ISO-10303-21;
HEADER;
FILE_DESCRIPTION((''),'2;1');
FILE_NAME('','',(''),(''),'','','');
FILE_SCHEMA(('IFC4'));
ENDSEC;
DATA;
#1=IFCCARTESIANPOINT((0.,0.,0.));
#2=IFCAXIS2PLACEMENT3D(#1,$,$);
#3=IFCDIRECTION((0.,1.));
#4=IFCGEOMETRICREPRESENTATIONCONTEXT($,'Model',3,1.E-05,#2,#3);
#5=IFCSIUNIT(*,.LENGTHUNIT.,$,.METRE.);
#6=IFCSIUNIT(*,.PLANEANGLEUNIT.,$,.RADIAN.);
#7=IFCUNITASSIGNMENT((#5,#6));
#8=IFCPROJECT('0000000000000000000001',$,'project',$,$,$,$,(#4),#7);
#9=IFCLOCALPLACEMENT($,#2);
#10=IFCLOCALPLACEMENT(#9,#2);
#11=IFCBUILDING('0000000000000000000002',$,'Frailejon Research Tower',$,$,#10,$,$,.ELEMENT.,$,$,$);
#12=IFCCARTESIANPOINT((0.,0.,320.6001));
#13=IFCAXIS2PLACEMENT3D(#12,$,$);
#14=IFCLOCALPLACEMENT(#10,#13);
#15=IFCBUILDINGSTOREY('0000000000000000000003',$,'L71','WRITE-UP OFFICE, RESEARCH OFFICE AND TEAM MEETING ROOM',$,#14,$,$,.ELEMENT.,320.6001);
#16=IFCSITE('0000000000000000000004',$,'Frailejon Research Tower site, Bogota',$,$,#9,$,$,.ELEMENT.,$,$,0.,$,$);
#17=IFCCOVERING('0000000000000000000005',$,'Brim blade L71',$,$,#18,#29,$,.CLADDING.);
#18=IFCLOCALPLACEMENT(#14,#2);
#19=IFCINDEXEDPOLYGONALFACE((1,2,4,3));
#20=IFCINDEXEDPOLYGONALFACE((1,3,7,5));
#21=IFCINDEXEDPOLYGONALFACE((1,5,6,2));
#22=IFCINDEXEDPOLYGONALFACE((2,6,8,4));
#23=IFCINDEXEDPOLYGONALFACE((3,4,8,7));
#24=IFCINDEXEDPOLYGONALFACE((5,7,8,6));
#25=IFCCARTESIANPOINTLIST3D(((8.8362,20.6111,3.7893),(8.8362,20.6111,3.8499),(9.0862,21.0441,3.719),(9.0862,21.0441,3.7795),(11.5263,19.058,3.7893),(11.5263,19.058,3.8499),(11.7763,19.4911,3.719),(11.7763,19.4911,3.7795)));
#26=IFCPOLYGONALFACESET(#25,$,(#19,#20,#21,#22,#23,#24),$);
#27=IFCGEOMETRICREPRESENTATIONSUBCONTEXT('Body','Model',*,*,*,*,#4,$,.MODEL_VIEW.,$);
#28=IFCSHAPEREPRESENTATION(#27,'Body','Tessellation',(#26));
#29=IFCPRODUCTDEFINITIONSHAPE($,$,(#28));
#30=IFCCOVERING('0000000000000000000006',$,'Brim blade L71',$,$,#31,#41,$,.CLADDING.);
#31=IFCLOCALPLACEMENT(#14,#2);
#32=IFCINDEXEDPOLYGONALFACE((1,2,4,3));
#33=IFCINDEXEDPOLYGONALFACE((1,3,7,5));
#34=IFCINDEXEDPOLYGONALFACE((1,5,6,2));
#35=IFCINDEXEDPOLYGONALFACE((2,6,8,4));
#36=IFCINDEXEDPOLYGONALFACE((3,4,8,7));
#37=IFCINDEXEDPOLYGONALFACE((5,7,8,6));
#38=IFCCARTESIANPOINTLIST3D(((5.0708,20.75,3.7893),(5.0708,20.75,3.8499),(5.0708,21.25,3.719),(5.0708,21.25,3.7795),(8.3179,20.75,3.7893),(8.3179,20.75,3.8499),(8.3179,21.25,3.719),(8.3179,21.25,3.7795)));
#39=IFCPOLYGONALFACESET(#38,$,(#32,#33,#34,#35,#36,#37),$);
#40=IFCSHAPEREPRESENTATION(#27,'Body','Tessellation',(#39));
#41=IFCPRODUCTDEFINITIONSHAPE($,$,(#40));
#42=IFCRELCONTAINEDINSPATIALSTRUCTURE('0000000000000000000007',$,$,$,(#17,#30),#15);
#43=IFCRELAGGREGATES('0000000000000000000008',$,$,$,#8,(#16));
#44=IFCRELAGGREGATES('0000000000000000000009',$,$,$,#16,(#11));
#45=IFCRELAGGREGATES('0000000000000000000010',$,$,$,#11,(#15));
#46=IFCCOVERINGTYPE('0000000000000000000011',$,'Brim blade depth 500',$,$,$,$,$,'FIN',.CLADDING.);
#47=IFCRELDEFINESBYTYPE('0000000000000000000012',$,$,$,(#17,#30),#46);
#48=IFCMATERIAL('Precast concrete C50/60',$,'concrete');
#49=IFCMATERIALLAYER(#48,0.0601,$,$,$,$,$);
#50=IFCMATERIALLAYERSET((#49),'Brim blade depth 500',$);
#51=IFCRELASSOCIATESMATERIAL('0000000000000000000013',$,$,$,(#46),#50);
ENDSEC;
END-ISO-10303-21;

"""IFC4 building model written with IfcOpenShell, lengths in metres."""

from ifc_helpers import new_model, si_unit, direction, frame, origin, place, context, subcontext, project, spatial, polyline, outline, extrude, material, layer, layer_set, type_object, element, save


model = new_model("IFC4")

# Units and contexts
model_context = context("Model", 3, precision=1e-05, world=origin(), true_north=direction((0.0, 1.0)))
body_context = subcontext(model_context, "Body", "Model", "MODEL_VIEW")
ifc_project = project(units=[si_unit("LENGTHUNIT", "METRE"), si_unit("PLANEANGLEUNIT", "RADIAN")], contexts=[model_context])

# Site, building, storey
site_placement = place(None, origin())
site = spatial("IfcSite", under=ifc_project, at=site_placement, Name="Frailejon Research Tower site, Bogota", CompositionType="ELEMENT", RefElevation=0.0)
building_placement = place(site_placement, origin())
building = spatial("IfcBuilding", under=site, at=building_placement, Name="Frailejon Research Tower", CompositionType="ELEMENT")
storey_placement = place(building_placement, frame((0.0, 0.0, 320.6001)))
storey = spatial("IfcBuildingStorey", under=building, at=storey_placement, Name="L71", Description="WRITE-UP OFFICE, RESEARCH OFFICE AND TEAM MEETING ROOM", CompositionType="ELEMENT", Elevation=320.6001)

# Coverings
ifc_material_1 = material(Name="Precast concrete C50/60", Category="concrete")
ifc_layer_1 = layer(ifc_material_1, 0.0601)
ifc_layer_set_1 = layer_set([ifc_layer_1], Name="Brim blade depth 500")
covering_type_1 = type_object("IfcCoveringType", Name="Brim blade depth 500", ElementType="FIN", PredefinedType="CLADDING", material=ifc_layer_set_1)
covering_1_placement = place(storey_placement, frame((8.8362, 20.6111, 3.8499), z_axis=(0.866035, -0.499983, 0.0), x_axis=(0.499983, 0.866035, 0.0)))
element("IfcCovering", 1, at=covering_1_placement, inside=storey, type_object=covering_type_1, Name="Brim blade L71", PredefinedType="CLADDING", context=body_context, shape_type="SweptSolid", body=[
    extrude(outline(polyline([(0.0, -0.0605), (0.5, -0.1309), (0.5, -0.0703), (0.0, 0.0), (0.0, -0.0605)])), origin(), (0.0, 0.0, 1.0), 3.1062),
])
covering_2_placement = place(storey_placement, frame((5.0708, 20.75, 3.8499), z_axis=(1.0, 0.0, 0.0), x_axis=(0.0, 1.0, 0.0)))
element("IfcCovering", 2, at=covering_2_placement, inside=storey, type_object=covering_type_1, Name="Brim blade L71", PredefinedType="CLADDING", context=body_context, shape_type="SweptSolid", body=[
    extrude(outline(polyline([(0.0, -0.0605), (0.5, -0.1309), (0.5, -0.0703), (0.0, 0.0), (0.0, -0.0605)])), origin(), (0.0, 0.0, 1.0), 3.2471),
])

save(model, "model.ifc")
